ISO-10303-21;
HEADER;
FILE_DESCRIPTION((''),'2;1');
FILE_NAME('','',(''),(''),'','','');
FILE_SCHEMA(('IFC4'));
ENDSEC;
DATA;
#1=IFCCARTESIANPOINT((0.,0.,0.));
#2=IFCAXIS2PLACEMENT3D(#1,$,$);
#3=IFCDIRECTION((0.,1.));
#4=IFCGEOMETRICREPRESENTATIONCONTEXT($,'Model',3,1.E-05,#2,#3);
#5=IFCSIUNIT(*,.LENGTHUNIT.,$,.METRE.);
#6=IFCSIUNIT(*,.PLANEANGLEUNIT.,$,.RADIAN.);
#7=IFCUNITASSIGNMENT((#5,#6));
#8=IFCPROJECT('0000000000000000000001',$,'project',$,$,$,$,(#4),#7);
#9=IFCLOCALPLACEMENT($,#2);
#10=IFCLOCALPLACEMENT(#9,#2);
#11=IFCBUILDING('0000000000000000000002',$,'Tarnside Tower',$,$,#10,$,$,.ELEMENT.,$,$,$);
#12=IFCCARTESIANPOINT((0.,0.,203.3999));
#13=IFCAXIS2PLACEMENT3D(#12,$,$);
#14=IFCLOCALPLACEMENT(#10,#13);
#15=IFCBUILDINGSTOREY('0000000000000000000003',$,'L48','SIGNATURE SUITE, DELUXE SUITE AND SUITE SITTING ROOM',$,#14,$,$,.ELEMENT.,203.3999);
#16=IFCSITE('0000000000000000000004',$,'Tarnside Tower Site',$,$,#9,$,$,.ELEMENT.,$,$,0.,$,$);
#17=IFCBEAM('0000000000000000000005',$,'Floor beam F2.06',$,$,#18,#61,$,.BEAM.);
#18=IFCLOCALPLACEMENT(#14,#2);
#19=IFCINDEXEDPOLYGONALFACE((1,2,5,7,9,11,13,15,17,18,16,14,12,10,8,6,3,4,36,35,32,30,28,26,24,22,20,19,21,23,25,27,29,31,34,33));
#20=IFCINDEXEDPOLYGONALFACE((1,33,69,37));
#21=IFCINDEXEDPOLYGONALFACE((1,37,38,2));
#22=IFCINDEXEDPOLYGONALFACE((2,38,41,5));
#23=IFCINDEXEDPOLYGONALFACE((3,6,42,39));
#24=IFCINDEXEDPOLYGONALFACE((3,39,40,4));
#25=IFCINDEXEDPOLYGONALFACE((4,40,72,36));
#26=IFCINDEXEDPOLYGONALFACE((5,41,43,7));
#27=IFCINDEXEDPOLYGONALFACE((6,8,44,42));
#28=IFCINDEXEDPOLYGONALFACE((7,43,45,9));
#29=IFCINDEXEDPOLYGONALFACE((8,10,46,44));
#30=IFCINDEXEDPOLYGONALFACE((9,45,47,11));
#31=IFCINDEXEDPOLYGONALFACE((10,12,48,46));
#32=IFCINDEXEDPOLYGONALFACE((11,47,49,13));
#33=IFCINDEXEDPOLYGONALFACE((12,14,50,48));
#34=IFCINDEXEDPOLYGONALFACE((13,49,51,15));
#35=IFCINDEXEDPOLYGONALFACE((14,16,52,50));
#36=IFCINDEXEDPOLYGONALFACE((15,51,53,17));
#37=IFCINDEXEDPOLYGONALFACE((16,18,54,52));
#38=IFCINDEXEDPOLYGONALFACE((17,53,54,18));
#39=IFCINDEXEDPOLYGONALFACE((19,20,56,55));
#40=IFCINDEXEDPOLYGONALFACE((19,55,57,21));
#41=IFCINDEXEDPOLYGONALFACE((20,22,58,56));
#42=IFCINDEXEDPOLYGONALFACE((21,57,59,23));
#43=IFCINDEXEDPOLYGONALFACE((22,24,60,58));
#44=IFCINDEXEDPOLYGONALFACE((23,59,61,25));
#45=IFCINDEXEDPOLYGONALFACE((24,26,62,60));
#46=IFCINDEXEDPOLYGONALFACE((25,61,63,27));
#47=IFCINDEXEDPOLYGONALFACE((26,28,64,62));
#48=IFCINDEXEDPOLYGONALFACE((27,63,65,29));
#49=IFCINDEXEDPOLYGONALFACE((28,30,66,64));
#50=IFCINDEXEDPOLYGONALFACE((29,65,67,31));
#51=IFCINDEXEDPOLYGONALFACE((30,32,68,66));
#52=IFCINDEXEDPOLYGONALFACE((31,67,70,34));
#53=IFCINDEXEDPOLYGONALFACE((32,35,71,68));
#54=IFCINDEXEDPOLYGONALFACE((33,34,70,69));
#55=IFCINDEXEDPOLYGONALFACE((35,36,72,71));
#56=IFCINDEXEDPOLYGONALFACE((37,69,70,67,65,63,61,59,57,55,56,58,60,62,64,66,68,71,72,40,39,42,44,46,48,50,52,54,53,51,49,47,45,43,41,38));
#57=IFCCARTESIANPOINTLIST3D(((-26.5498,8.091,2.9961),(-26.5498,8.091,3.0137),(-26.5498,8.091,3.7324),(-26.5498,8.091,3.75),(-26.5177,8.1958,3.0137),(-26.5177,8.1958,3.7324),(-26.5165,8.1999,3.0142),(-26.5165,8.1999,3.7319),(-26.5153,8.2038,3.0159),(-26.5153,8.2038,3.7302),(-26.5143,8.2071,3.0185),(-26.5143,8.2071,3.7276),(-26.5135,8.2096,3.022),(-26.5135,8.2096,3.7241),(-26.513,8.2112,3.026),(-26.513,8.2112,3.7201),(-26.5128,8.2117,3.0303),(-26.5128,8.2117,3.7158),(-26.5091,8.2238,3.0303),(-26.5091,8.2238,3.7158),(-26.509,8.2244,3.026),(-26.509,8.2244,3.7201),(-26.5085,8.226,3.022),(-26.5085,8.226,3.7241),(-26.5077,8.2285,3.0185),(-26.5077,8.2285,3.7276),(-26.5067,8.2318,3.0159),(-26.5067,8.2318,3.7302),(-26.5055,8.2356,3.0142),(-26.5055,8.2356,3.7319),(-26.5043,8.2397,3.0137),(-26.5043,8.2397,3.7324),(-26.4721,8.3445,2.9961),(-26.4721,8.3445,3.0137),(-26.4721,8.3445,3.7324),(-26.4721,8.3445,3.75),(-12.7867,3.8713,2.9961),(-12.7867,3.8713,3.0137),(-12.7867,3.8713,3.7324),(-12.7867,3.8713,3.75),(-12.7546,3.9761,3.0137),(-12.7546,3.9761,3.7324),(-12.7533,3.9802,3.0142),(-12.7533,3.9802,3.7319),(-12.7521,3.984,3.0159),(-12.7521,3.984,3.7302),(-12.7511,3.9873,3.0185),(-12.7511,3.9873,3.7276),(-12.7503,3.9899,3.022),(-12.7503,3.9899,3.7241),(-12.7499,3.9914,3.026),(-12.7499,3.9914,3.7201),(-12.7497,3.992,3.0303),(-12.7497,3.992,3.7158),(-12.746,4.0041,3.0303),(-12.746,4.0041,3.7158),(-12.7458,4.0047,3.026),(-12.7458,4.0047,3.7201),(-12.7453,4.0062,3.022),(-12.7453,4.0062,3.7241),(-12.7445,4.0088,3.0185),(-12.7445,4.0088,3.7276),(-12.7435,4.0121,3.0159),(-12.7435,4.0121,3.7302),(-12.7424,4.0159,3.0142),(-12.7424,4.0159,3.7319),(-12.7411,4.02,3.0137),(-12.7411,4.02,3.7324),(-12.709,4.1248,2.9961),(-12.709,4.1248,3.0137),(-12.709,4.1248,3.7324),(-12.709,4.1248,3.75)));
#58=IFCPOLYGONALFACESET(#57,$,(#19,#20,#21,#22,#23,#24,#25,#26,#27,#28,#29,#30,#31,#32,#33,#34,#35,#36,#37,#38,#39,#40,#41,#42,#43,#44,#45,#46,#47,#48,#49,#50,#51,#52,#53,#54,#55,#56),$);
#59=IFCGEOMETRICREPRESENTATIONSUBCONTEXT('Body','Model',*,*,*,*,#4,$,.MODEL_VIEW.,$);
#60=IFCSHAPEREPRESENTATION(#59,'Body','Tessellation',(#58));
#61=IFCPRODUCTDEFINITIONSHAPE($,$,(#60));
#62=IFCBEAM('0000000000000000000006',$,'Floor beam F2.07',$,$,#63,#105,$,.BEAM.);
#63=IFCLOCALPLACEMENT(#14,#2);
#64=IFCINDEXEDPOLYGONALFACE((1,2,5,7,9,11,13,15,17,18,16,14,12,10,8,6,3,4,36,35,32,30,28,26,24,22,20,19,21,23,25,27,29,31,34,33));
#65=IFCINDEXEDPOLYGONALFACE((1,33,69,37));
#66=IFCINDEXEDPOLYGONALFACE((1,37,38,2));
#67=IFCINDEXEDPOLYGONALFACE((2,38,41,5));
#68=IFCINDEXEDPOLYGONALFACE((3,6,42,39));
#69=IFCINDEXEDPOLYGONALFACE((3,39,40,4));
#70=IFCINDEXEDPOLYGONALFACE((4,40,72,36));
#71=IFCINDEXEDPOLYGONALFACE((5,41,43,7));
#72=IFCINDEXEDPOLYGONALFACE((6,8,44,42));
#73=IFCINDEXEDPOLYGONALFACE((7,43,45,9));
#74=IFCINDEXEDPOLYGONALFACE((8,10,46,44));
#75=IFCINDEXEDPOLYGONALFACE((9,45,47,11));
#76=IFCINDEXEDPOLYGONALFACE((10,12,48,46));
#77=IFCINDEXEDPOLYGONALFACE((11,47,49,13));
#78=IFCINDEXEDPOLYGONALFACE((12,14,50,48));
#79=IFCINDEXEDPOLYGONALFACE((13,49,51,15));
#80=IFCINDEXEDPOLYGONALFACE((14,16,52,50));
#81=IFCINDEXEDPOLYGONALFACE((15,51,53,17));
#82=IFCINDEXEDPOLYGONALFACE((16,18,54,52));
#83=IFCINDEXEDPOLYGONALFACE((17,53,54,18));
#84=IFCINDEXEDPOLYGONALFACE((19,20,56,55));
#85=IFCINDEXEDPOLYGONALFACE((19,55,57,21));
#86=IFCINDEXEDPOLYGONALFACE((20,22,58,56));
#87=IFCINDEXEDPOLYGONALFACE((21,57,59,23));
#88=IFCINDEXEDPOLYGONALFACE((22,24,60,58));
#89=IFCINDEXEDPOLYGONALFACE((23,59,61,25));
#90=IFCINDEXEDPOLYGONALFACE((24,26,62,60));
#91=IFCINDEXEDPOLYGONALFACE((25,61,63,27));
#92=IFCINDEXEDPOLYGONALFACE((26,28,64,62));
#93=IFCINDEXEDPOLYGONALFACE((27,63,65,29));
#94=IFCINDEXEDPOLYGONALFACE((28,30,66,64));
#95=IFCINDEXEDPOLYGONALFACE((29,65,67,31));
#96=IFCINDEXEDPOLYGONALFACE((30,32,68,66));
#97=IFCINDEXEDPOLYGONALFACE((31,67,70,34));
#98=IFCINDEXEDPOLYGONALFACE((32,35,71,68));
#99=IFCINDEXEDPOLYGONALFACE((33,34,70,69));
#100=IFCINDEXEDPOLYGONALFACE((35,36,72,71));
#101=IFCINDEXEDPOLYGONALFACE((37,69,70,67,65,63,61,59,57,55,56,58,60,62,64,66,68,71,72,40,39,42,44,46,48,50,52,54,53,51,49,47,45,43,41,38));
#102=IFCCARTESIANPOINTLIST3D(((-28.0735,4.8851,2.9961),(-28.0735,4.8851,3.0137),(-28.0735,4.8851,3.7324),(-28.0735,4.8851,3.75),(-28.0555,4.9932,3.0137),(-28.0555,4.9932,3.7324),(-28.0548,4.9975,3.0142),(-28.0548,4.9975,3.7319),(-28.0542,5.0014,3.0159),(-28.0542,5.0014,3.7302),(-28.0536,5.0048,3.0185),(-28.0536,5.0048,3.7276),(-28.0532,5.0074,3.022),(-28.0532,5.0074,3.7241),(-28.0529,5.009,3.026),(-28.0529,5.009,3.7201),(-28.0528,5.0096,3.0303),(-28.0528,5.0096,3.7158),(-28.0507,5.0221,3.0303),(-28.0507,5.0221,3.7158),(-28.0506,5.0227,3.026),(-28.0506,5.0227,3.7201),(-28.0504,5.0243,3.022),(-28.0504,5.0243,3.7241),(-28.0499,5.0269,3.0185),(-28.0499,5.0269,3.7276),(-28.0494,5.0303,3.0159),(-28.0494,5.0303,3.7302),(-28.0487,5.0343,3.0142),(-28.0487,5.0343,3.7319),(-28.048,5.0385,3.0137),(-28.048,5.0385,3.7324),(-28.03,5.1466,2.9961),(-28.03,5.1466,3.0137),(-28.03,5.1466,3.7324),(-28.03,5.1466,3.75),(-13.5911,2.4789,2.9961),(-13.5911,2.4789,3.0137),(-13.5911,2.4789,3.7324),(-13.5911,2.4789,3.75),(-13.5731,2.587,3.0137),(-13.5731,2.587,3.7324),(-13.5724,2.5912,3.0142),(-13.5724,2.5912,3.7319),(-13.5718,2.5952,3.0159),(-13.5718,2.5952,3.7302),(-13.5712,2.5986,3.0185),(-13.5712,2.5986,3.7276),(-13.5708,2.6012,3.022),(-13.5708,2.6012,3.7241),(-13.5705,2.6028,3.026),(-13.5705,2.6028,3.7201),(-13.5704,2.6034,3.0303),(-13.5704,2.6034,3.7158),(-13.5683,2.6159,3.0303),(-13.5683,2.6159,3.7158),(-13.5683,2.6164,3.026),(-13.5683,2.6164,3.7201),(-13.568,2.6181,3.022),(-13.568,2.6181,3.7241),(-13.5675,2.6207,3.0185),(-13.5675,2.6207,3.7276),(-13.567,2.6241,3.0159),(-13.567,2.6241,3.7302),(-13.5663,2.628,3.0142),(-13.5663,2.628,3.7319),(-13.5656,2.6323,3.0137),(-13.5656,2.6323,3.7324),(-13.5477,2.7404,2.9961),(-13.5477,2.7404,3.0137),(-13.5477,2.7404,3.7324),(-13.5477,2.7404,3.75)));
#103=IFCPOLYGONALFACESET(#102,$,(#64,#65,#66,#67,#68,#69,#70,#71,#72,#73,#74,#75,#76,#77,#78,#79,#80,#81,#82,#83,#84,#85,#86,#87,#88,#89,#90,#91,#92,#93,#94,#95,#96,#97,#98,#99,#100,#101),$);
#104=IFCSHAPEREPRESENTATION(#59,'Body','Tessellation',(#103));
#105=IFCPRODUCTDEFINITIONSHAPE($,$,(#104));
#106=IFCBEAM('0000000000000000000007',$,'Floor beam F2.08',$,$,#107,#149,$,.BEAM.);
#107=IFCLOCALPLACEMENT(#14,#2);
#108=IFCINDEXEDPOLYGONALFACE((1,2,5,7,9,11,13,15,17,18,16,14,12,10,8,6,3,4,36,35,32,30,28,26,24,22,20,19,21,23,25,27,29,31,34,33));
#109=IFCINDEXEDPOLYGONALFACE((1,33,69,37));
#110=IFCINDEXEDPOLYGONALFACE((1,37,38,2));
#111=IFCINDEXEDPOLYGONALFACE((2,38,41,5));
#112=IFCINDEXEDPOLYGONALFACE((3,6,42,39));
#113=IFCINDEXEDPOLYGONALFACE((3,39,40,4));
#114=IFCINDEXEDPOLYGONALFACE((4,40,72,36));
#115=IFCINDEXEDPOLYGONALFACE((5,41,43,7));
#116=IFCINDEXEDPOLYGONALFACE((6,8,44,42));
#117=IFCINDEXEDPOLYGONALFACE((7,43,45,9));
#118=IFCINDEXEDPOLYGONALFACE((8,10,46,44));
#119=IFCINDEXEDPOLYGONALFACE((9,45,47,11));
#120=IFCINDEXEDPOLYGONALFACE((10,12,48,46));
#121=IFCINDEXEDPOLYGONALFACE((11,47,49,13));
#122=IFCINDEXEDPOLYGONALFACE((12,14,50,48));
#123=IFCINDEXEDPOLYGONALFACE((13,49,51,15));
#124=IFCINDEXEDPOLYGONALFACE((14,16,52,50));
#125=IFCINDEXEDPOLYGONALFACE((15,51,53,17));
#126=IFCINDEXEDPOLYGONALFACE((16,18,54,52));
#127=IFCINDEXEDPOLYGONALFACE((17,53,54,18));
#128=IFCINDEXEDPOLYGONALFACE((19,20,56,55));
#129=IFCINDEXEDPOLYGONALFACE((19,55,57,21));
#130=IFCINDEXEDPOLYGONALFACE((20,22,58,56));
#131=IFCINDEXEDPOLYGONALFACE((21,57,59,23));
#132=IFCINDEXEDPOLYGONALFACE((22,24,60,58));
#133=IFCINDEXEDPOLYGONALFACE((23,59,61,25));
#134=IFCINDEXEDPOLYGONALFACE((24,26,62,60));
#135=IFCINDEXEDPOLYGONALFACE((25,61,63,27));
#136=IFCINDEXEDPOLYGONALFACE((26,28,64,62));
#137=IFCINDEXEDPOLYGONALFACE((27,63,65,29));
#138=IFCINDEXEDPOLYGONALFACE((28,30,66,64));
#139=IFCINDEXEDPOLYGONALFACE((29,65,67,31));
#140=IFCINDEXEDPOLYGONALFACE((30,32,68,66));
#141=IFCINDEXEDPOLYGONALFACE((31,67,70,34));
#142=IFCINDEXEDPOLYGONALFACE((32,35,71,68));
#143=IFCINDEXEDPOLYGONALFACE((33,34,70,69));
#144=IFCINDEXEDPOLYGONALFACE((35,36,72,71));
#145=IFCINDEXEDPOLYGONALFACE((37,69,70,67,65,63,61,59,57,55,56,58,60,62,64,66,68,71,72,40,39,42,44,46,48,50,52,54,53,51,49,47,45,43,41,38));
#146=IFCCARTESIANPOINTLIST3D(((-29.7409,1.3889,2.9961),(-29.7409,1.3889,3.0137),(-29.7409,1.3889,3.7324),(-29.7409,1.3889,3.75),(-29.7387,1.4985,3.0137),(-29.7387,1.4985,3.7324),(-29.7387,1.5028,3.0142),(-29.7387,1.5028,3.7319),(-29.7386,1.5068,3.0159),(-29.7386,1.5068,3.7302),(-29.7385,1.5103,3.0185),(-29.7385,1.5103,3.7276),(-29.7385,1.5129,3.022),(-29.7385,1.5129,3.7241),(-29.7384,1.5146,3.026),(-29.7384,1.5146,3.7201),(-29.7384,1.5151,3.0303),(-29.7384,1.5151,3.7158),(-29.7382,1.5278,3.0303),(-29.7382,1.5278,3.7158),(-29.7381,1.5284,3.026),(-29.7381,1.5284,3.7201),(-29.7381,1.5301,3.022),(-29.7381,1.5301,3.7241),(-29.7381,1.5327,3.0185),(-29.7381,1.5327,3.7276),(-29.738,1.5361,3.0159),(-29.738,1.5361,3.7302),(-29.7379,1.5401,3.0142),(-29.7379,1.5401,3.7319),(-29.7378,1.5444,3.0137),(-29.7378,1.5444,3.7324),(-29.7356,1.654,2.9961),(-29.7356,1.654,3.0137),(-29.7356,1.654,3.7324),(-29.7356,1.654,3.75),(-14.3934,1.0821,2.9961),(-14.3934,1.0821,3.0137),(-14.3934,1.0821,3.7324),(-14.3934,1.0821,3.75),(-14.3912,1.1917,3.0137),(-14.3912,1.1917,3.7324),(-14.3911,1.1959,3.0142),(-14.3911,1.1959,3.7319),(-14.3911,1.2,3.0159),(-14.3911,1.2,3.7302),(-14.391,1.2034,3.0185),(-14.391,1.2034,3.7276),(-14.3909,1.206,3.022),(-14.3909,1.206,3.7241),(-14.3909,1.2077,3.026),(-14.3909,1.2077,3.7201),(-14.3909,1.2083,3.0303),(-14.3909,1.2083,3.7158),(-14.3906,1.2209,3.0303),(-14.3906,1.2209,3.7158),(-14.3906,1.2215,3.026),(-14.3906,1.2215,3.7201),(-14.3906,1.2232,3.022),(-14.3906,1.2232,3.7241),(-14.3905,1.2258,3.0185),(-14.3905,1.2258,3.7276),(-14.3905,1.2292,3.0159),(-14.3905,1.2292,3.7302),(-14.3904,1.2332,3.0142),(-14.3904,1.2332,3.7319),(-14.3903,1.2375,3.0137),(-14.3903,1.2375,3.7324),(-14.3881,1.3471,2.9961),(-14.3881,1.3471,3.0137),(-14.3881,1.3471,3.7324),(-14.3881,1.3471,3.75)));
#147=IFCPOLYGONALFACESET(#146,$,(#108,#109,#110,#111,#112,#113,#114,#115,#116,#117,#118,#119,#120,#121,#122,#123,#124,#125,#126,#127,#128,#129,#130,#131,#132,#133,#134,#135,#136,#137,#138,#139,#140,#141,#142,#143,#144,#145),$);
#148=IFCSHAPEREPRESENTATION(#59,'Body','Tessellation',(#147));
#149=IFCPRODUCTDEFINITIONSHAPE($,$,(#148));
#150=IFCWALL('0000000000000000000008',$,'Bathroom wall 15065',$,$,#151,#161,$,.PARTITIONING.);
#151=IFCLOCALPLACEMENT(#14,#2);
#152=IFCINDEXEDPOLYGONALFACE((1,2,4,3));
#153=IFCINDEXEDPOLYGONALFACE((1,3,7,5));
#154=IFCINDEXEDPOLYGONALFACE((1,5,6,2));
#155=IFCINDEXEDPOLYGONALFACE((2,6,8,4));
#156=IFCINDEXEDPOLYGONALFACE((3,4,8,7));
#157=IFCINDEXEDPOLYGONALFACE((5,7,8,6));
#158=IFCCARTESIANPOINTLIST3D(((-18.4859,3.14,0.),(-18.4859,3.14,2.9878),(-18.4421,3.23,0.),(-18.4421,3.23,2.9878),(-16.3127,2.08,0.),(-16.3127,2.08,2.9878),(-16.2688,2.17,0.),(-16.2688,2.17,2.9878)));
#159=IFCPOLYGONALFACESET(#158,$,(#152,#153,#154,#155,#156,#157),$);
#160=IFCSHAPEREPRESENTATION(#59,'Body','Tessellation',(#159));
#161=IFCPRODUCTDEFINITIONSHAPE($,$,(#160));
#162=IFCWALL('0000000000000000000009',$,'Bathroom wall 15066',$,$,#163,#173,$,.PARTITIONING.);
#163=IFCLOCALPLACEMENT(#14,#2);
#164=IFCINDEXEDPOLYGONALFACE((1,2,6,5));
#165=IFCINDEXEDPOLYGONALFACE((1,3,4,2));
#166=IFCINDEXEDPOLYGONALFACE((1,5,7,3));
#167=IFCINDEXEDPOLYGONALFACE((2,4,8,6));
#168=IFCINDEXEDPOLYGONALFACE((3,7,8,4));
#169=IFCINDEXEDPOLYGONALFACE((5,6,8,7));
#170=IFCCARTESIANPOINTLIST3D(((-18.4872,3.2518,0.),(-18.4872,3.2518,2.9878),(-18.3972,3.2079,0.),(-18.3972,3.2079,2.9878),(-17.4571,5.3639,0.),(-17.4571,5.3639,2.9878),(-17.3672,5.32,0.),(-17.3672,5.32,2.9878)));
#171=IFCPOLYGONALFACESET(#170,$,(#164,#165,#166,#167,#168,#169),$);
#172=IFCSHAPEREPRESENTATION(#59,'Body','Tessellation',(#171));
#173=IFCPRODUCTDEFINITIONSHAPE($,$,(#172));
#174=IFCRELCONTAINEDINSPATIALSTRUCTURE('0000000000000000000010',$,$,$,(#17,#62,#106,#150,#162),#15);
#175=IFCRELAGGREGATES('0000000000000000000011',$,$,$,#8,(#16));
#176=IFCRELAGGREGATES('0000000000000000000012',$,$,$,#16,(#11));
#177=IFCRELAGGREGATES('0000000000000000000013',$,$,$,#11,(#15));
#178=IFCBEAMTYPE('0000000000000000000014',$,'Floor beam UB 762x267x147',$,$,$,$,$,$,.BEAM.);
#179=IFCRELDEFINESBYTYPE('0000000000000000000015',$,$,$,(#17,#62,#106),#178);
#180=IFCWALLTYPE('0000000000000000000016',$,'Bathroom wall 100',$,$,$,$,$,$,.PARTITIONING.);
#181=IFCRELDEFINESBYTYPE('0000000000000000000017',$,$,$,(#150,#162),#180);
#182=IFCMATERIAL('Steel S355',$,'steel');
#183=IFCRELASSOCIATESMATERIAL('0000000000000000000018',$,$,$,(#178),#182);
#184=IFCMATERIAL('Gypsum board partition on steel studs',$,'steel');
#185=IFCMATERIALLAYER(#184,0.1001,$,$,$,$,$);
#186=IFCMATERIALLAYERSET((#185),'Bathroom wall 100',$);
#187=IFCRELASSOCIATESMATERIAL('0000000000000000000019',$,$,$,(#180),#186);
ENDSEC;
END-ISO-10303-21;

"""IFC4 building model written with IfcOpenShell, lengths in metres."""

from ifc_helpers import new_model, si_unit, direction, frame, frame_2d, origin, origin_2d, place, context, subcontext, project, spatial, rectangle, i_section, extrude, material, layer, layer_set, material_profile, profile_set, type_object, element, save


model = new_model("IFC4")

# Units and contexts
model_context = context("Model", 3, precision=1e-05, world=origin(), true_north=direction((0.0, 1.0)))
body_context = subcontext(model_context, "Body", "Model", "MODEL_VIEW")
ifc_project = project(units=[si_unit("LENGTHUNIT", "METRE"), si_unit("PLANEANGLEUNIT", "RADIAN")], contexts=[model_context])

# Site, building, storey
site_placement = place(None, origin())
site = spatial("IfcSite", under=ifc_project, at=site_placement, Name="Tarnside Tower Site", CompositionType="ELEMENT", RefElevation=0.0)
building_placement = place(site_placement, origin())
building = spatial("IfcBuilding", under=site, at=building_placement, Name="Tarnside Tower", CompositionType="ELEMENT")
storey_placement = place(building_placement, frame((0.0, 0.0, 203.3999)))
storey = spatial("IfcBuildingStorey", under=building, at=storey_placement, Name="L48", Description="SIGNATURE SUITE, DELUXE SUITE AND SUITE SITTING ROOM", CompositionType="ELEMENT", Elevation=203.3999)

# Beams
ifc_material_1 = material(Name="Steel S355", Category="steel")
ifc_material_profile = material_profile(ifc_material_1, i_section(OverallWidth=0.2651, OverallDepth=0.7539, WebThickness=0.0127, FlangeThickness=0.0176, FilletRadius=0.0166, at=origin_2d()), Name="UB 762x267x147")
ifc_profile_set = profile_set([ifc_material_profile], Name="Steel S355")
beam_type = type_object("IfcBeamType", Name="Floor beam UB 762x267x147", PredefinedType="BEAM", material=ifc_profile_set)
beam_1_placement = place(storey_placement, frame((-26.511, 8.2178, 3.373), z_axis=(0.956073, -0.293128, 0.0), x_axis=(0.293128, 0.956073, 0.0)))
element("IfcBeam", 1, at=beam_1_placement, inside=storey, type_object=beam_type, Name="Floor beam F2.06", PredefinedType="BEAM", context=body_context, shape_type="SweptSolid", body=[
    extrude(i_section(OverallWidth=0.2651, OverallDepth=0.7539, WebThickness=0.0127, FlangeThickness=0.0176, FilletRadius=0.0166, at=origin_2d()), origin(), (0.0, 0.0, 1.0), 14.3955),
])
beam_2_placement = place(storey_placement, frame((-28.0518, 5.0159, 3.373), z_axis=(0.986476, -0.163903, 0.0), x_axis=(0.163903, 0.986476, 0.0)))
element("IfcBeam", 2, at=beam_2_placement, inside=storey, type_object=beam_type, Name="Floor beam F2.07", PredefinedType="BEAM", context=body_context, shape_type="SweptSolid", body=[
    extrude(i_section(OverallWidth=0.2651, OverallDepth=0.7539, WebThickness=0.0127, FlangeThickness=0.0176, FilletRadius=0.0166, at=origin_2d()), origin(), (0.0, 0.0, 1.0), 14.6809),
])
beam_3_placement = place(storey_placement, frame((-29.7383, 1.5215, 3.373), z_axis=(0.9998, -0.019992, 0.0), x_axis=(0.019992, 0.9998, 0.0)))
element("IfcBeam", 3, at=beam_3_placement, inside=storey, type_object=beam_type, Name="Floor beam F2.08", PredefinedType="BEAM", context=body_context, shape_type="SweptSolid", body=[
    extrude(i_section(OverallWidth=0.2651, OverallDepth=0.7539, WebThickness=0.0127, FlangeThickness=0.0176, FilletRadius=0.0166, at=origin_2d()), origin(), (0.0, 0.0, 1.0), 15.3506),
])

# Walls
ifc_material_2 = material(Name="Gypsum board partition on steel studs", Category="steel")
ifc_layer_1 = layer(ifc_material_2, 0.1001)
ifc_layer_set_1 = layer_set([ifc_layer_1], Name="Bathroom wall 100")
wall_type_1 = type_object("IfcWallType", Name="Bathroom wall 100", PredefinedType="PARTITIONING", material=ifc_layer_set_1)
wall_1_placement = place(storey_placement, frame((-16.2908, 2.125, 0.0), z_axis=(0.0, 0.0, 1.0), x_axis=(-0.898786, 0.438388, 0.0)))
element("IfcWall", 4, at=wall_1_placement, inside=storey, type_object=wall_type_1, Name="Bathroom wall 15065", PredefinedType="PARTITIONING", context=body_context, shape_type="SweptSolid", body=[
    extrude(rectangle(XDim=2.418, YDim=0.1001, at=frame_2d((1.209, 0.0))), origin(), (0.0, 0.0, 1.0), 2.9878),
])
wall_2_placement = place(storey_placement, frame((-18.4421, 3.23, 0.0), z_axis=(0.0, 0.0, 1.0), x_axis=(0.43834, 0.898809, 0.0)))
element("IfcWall", 5, at=wall_2_placement, inside=storey, type_object=wall_type_1, Name="Bathroom wall 15066", PredefinedType="PARTITIONING", context=body_context, shape_type="SweptSolid", body=[
    extrude(rectangle(XDim=2.3499, YDim=0.1001, at=frame_2d((1.1748, 0.0))), origin(), (0.0, 0.0, 1.0), 2.9878),
])

save(model, "model.ifc")
